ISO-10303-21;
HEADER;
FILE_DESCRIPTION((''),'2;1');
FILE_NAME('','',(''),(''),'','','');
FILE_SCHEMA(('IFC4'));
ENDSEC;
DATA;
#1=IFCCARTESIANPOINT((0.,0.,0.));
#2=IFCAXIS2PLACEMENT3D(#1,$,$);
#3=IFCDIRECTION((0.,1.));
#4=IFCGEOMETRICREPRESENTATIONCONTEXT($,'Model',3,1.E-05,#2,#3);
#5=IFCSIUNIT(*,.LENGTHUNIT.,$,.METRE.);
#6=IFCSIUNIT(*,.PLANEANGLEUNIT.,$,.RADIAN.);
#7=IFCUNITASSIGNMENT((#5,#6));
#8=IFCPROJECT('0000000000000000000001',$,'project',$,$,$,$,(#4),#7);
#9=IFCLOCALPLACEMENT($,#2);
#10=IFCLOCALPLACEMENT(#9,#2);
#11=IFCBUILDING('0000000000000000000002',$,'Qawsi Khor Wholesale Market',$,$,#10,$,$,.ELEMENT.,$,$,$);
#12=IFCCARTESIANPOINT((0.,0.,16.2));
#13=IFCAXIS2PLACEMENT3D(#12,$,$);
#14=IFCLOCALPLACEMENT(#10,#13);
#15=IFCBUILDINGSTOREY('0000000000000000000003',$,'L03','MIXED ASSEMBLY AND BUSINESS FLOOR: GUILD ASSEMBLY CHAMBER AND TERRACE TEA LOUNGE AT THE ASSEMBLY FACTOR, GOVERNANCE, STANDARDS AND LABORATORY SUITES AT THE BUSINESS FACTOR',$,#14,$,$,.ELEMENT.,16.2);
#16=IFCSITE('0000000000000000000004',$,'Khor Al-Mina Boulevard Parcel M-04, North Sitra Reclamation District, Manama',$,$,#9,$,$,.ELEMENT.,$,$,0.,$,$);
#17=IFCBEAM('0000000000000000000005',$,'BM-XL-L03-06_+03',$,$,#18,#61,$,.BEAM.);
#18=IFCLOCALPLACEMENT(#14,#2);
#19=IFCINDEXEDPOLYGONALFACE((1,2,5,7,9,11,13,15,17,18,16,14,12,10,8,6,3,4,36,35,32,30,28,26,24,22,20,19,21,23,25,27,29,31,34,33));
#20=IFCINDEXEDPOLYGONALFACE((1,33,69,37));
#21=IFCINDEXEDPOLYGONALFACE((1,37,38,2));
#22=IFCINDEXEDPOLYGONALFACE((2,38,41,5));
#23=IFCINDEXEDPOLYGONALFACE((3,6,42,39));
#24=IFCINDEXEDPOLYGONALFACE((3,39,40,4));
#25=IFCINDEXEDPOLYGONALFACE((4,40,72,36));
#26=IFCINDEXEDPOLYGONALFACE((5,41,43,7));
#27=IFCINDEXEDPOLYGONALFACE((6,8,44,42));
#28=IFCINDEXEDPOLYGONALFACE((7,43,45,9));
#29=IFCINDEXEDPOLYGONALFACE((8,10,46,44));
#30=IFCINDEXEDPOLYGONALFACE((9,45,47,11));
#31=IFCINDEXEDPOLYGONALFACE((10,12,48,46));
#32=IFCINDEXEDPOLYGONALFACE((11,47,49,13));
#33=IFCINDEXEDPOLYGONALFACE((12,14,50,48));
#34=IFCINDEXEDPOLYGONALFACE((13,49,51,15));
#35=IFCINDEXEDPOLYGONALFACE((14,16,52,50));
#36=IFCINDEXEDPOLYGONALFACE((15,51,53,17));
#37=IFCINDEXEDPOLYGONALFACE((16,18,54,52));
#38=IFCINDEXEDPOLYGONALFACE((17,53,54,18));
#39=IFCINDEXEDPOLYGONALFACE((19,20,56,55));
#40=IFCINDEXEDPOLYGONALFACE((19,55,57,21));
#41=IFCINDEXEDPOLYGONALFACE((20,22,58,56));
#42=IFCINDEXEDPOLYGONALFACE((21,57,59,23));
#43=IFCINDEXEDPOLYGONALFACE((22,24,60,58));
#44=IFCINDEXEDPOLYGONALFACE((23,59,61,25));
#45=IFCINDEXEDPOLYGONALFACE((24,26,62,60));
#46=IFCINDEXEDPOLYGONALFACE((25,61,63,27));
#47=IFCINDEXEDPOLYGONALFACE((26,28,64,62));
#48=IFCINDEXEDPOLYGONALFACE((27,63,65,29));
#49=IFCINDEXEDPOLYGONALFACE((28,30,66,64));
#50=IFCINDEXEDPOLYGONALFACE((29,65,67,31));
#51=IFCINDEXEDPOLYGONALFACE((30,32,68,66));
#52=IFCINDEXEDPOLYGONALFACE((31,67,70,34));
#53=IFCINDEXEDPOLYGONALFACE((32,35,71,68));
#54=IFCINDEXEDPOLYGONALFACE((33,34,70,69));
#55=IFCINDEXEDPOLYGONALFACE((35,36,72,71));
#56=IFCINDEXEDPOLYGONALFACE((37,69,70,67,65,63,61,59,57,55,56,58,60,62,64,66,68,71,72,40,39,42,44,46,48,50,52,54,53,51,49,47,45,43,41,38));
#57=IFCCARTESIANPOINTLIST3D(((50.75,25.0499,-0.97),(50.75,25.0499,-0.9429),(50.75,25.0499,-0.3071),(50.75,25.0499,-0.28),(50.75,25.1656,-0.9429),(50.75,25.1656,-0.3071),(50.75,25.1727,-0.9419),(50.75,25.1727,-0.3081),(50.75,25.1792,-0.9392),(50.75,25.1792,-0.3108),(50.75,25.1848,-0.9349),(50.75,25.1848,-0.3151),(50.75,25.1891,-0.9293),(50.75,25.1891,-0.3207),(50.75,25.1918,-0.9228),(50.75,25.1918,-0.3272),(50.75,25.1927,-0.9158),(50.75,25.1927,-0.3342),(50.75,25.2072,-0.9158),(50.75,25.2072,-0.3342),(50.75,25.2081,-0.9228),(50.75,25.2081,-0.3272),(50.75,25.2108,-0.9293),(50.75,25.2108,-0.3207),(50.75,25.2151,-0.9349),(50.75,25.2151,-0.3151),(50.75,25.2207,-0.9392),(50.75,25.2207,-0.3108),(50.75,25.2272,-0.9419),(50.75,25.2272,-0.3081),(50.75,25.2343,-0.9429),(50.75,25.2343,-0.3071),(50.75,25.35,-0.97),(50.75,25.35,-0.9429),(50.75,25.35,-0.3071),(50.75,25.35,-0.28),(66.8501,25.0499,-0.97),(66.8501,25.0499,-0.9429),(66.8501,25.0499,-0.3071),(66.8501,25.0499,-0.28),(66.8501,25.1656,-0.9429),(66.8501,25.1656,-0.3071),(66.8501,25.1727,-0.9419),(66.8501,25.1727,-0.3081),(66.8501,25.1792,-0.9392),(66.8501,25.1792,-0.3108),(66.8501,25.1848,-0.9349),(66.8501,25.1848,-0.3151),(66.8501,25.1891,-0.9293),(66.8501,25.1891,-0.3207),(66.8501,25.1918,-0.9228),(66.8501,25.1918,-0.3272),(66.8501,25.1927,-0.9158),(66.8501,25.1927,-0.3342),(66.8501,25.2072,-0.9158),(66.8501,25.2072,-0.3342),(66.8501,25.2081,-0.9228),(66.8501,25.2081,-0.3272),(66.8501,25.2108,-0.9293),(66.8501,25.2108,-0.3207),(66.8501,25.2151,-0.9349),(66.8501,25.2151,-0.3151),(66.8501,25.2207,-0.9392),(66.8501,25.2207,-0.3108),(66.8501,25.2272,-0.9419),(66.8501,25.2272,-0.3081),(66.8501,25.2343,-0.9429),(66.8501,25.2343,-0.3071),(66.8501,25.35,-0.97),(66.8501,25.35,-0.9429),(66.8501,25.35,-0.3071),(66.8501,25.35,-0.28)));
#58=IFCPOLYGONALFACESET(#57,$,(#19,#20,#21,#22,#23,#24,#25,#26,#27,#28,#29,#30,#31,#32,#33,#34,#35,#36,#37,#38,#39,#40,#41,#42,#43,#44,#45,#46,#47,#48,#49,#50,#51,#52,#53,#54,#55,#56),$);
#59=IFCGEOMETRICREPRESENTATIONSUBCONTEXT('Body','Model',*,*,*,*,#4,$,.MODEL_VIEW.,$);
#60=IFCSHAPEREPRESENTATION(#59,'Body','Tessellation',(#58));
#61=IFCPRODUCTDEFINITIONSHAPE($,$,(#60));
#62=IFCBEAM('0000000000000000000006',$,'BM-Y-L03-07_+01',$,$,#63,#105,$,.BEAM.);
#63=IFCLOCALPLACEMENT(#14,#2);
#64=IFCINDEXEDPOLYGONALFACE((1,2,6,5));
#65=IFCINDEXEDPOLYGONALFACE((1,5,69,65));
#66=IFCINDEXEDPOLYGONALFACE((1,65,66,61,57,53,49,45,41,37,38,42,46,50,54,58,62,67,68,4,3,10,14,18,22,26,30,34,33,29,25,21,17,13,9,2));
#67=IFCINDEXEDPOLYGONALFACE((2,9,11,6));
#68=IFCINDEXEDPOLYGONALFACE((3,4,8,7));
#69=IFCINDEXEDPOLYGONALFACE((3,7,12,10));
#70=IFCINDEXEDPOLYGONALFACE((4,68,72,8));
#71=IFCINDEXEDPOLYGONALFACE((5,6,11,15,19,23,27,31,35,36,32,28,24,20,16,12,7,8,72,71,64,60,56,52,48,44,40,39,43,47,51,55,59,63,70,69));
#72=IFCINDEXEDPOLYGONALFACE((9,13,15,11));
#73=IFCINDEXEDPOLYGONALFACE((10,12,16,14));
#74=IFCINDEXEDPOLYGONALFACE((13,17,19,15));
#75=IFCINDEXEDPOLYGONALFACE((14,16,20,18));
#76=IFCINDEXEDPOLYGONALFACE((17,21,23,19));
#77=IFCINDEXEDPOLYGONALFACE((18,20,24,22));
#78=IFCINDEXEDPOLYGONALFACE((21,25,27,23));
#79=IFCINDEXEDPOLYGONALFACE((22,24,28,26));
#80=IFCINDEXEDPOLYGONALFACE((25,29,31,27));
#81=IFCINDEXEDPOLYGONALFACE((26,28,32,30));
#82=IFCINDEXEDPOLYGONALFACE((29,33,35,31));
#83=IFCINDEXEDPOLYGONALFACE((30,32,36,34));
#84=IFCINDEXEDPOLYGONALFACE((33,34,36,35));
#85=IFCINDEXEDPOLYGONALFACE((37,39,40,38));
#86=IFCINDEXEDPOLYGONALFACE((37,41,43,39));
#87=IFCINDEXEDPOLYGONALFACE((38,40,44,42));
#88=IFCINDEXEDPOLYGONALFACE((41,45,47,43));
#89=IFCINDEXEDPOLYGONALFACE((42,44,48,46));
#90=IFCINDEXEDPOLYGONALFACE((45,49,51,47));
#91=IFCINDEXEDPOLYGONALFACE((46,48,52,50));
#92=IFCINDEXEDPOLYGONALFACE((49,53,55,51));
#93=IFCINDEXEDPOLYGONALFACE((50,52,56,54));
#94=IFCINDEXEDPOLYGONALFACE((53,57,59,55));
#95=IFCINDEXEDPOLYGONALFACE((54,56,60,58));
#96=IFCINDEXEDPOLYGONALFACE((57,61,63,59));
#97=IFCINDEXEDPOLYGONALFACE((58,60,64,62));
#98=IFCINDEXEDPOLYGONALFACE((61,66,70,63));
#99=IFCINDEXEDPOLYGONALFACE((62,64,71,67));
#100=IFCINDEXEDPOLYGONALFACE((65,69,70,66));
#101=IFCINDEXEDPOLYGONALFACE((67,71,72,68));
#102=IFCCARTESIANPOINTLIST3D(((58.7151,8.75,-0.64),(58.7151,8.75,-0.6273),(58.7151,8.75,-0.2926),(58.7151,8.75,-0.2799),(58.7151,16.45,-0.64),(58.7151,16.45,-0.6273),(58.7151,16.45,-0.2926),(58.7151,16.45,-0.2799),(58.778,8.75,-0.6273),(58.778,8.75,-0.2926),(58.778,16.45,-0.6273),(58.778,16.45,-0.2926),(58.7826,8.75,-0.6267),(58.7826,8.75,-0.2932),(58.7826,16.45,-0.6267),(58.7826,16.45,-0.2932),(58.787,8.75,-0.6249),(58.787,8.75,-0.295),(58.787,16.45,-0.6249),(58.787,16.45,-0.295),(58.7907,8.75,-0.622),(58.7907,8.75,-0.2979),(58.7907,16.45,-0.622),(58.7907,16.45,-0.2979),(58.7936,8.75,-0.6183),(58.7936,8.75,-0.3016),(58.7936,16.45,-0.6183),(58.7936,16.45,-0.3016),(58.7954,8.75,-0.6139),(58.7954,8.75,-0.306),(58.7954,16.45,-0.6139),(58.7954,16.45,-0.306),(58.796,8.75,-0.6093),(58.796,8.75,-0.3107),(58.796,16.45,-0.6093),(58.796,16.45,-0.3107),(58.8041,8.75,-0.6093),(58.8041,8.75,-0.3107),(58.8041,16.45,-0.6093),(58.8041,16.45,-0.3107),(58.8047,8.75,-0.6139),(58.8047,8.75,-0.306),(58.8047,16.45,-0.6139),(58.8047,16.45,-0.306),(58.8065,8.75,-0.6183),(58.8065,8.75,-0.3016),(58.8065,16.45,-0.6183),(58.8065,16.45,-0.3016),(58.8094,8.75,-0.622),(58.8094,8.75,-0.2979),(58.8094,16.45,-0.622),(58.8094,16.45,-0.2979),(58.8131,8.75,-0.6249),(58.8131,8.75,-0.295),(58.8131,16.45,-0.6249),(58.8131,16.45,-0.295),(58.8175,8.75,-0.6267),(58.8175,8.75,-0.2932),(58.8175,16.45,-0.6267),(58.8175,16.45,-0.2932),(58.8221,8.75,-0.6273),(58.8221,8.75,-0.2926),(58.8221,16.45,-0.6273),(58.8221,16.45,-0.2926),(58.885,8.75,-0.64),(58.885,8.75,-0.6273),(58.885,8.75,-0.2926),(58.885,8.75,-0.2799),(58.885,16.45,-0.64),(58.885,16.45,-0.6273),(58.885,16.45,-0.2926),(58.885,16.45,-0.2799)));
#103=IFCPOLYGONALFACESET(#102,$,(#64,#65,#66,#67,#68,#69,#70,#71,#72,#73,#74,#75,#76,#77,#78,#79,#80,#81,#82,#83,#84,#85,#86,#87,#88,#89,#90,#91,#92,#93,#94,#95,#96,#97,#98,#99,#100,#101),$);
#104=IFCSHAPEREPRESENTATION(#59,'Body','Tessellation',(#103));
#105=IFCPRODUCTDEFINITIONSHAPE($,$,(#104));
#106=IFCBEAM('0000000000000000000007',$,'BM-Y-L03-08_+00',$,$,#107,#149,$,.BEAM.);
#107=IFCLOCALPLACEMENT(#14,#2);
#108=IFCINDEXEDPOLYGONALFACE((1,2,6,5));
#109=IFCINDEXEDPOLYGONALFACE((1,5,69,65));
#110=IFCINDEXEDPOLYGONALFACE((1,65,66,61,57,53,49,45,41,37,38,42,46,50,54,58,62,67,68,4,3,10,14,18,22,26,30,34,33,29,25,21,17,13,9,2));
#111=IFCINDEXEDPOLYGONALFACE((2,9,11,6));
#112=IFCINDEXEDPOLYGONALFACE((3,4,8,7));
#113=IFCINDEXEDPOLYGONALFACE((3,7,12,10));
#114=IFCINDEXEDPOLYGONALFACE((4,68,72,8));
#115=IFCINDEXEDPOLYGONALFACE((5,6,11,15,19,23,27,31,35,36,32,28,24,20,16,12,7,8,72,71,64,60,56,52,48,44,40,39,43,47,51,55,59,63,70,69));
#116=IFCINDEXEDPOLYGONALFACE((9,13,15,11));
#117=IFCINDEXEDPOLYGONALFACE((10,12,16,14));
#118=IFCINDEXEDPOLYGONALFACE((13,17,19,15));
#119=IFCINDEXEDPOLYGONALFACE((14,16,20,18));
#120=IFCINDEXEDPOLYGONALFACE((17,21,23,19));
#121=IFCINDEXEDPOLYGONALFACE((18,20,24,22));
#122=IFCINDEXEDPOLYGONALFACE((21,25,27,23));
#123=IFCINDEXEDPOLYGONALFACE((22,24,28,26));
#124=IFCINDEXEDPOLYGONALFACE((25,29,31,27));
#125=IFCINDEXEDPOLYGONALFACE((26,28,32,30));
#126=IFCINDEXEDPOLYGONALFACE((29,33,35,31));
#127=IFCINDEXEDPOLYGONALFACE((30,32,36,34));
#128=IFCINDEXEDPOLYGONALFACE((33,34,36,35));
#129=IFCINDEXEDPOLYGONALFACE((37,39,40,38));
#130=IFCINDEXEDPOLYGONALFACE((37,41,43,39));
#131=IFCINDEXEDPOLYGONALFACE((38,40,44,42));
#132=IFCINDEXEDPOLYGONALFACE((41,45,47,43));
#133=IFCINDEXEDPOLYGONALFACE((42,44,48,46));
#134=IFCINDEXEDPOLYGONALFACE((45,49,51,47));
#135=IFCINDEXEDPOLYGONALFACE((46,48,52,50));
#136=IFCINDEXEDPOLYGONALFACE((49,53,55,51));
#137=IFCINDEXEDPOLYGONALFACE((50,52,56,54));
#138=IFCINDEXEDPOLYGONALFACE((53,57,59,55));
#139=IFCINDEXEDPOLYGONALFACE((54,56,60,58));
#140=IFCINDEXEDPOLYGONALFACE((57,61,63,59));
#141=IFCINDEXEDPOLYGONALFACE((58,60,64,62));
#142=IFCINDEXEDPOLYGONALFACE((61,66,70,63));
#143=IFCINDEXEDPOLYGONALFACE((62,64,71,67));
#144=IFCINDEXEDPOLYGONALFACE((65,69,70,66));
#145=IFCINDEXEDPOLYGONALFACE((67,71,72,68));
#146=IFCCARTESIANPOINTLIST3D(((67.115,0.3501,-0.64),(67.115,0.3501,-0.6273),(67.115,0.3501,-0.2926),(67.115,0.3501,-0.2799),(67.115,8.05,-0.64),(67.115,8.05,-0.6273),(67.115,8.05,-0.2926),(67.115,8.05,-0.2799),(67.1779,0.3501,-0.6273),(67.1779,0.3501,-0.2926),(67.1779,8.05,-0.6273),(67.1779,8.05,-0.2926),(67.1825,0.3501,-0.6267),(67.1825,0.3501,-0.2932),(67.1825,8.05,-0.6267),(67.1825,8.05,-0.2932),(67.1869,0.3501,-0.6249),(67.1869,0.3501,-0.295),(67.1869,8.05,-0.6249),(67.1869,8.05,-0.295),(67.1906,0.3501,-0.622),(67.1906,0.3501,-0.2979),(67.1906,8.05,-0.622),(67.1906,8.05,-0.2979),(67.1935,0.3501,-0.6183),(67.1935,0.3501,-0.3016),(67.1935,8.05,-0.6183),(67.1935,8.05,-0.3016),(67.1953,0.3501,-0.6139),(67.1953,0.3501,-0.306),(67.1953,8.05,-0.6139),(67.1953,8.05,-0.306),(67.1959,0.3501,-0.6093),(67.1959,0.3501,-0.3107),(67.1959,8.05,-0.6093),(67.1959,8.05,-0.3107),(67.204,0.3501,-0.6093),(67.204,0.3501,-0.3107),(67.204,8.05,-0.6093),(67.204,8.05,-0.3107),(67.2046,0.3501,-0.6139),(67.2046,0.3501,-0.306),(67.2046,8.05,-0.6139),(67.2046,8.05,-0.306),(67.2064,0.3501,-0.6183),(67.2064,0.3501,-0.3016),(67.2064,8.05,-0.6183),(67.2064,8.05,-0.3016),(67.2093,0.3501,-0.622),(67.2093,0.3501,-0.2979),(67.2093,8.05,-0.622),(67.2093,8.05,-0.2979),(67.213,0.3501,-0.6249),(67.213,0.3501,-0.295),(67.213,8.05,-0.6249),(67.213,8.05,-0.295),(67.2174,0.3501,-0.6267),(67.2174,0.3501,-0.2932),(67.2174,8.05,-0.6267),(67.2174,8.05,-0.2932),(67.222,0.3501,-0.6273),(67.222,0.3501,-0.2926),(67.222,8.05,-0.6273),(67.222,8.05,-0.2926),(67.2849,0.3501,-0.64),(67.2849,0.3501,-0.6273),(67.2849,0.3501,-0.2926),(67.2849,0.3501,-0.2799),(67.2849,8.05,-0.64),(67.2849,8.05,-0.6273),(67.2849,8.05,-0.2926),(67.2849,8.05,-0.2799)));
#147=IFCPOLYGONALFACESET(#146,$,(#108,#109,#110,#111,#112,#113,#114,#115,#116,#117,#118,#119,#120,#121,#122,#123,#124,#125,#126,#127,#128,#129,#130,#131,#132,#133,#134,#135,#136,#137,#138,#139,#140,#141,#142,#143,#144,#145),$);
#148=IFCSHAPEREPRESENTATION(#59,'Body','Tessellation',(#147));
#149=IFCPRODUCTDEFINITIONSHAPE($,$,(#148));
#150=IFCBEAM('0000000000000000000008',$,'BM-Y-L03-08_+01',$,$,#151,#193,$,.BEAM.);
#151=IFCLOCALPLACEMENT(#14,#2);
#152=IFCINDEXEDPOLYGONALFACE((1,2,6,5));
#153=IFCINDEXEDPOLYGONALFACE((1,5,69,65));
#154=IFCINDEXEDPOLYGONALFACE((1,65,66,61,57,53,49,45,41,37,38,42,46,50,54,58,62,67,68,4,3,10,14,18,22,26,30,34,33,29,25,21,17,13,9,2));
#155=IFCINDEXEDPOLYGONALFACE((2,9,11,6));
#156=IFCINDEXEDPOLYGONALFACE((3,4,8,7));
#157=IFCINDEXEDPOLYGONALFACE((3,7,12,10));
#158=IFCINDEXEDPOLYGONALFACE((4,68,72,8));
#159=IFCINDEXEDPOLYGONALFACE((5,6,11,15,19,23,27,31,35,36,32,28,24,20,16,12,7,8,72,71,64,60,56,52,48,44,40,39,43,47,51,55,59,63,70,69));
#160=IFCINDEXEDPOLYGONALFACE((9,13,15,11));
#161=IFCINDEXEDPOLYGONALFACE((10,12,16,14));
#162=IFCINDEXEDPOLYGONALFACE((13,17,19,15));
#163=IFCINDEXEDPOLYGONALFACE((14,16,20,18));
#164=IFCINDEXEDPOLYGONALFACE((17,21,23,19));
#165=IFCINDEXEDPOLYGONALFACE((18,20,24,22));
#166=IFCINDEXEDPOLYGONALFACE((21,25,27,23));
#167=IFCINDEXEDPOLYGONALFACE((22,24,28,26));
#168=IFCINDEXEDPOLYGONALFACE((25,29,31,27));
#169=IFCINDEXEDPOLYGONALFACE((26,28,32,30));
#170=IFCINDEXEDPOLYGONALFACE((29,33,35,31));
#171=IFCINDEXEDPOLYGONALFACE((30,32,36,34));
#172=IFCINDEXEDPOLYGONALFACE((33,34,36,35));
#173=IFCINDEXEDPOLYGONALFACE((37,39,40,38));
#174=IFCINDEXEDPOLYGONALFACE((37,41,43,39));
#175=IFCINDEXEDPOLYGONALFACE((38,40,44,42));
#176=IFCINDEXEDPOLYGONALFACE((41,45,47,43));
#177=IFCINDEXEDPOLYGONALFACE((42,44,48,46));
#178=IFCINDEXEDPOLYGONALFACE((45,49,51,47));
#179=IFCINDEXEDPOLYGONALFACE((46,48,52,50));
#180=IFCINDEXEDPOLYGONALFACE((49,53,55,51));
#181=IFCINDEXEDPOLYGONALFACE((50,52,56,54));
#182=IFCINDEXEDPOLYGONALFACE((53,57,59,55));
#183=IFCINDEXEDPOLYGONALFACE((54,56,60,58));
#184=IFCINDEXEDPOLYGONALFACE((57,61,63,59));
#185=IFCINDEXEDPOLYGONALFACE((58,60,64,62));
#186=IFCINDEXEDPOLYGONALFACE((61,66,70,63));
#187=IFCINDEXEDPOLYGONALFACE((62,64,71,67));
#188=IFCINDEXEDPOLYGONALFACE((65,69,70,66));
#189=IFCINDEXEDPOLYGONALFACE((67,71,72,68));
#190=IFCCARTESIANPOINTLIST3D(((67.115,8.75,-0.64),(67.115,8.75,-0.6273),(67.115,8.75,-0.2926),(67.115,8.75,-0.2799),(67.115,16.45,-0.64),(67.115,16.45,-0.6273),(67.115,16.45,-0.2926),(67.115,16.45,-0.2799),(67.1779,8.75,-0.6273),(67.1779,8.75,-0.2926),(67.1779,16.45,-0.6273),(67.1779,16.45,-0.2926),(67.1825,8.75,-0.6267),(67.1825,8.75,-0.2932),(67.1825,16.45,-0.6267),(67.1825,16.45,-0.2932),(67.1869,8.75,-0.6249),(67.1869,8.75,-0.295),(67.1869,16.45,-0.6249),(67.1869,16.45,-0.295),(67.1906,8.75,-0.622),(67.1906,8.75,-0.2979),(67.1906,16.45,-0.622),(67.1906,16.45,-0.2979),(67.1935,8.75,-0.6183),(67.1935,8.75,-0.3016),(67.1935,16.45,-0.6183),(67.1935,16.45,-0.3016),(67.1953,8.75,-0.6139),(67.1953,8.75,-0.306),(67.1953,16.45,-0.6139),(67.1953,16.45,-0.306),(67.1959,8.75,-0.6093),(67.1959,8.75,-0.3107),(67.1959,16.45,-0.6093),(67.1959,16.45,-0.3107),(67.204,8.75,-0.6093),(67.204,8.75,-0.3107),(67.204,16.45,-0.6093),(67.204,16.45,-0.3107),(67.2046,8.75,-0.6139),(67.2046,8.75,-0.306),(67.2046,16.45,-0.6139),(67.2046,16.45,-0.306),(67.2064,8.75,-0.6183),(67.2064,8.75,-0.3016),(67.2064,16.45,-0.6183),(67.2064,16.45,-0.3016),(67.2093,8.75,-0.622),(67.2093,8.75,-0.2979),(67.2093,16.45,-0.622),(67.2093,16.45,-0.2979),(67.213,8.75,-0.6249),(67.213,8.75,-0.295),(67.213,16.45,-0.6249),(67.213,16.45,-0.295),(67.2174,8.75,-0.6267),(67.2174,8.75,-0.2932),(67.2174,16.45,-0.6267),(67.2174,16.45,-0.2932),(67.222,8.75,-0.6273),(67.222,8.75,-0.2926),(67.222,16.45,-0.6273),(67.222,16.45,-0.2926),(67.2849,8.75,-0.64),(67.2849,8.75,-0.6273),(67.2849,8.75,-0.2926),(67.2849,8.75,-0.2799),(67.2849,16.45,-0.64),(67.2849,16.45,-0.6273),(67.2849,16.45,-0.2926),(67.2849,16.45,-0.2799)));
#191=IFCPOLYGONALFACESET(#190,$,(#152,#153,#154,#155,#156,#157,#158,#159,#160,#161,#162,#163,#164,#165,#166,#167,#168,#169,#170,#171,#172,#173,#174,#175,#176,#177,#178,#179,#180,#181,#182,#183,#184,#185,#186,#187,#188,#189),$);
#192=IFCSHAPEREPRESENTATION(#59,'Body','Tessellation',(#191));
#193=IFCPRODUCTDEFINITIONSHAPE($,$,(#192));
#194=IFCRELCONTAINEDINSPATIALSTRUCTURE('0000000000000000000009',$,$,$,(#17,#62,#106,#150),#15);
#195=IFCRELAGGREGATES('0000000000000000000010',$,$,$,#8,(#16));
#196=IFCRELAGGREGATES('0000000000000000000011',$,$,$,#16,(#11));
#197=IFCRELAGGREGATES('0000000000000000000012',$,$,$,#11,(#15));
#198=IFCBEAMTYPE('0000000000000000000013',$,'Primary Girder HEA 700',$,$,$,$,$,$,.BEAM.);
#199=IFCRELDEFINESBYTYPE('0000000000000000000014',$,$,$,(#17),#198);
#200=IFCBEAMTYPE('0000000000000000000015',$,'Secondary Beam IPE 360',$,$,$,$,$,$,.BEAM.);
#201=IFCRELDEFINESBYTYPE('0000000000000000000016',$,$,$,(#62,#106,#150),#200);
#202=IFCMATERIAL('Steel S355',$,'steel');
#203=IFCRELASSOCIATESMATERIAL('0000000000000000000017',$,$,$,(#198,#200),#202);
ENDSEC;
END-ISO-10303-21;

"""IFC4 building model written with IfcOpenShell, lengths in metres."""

from ifc_helpers import new_model, si_unit, direction, frame, origin, origin_2d, place, context, subcontext, project, spatial, i_section, extrude, material, material_profile, profile_set, type_object, element, save


model = new_model("IFC4")

# Units and contexts
model_context = context("Model", 3, precision=1e-05, world=origin(), true_north=direction((0.0, 1.0)))
body_context = subcontext(model_context, "Body", "Model", "MODEL_VIEW")
ifc_project = project(units=[si_unit("LENGTHUNIT", "METRE"), si_unit("PLANEANGLEUNIT", "RADIAN")], contexts=[model_context])

# Site, building, storey
site_placement = place(None, origin())
site = spatial("IfcSite", under=ifc_project, at=site_placement, Name="Khor Al-Mina Boulevard Parcel M-04, North Sitra Reclamation District, Manama", CompositionType="ELEMENT", RefElevation=0.0)
building_placement = place(site_placement, origin())
building = spatial("IfcBuilding", under=site, at=building_placement, Name="Qawsi Khor Wholesale Market", CompositionType="ELEMENT")
storey_placement = place(building_placement, frame((0.0, 0.0, 16.2)))
storey = spatial("IfcBuildingStorey", under=building, at=storey_placement, Name="L03", Description="MIXED ASSEMBLY AND BUSINESS FLOOR: GUILD ASSEMBLY CHAMBER AND TERRACE TEA LOUNGE AT THE ASSEMBLY FACTOR, GOVERNANCE, STANDARDS AND LABORATORY SUITES AT THE BUSINESS FACTOR", CompositionType="ELEMENT", Elevation=16.2)

# Beams
ifc_material_1 = material(Name="Steel S355", Category="steel")
ifc_material_profile_1 = material_profile(ifc_material_1, i_section(OverallWidth=0.3, OverallDepth=0.6899, WebThickness=0.0144, FlangeThickness=0.0271, FilletRadius=0.0271, at=origin_2d()), Name="HEA 700")
ifc_profile_set_1 = profile_set([ifc_material_profile_1], Name="Steel S355")
beam_type_1 = type_object("IfcBeamType", Name="Primary Girder HEA 700", PredefinedType="BEAM", material=ifc_profile_set_1)
beam_1_placement = place(storey_placement, frame((50.75, 25.2, -0.625), z_axis=(1.0, 0.0, 0.0), x_axis=(0.0, 1.0, 0.0)))
element("IfcBeam", 1, at=beam_1_placement, inside=storey, type_object=beam_type_1, Name="BM-XL-L03-06_+03", PredefinedType="BEAM", context=body_context, shape_type="SweptSolid", body=[
    extrude(i_section(OverallWidth=0.3, OverallDepth=0.6899, WebThickness=0.0144, FlangeThickness=0.0271, FilletRadius=0.0271, at=origin_2d()), origin(), (0.0, 0.0, 1.0), 16.1001),
])
ifc_material_profile_2 = material_profile(ifc_material_1, i_section(OverallWidth=0.1699, OverallDepth=0.3601, WebThickness=0.0081, FlangeThickness=0.0127, FilletRadius=0.0181, at=origin_2d()), Name="IPE 360")
ifc_profile_set_2 = profile_set([ifc_material_profile_2], Name="Steel S355")
beam_type_2 = type_object("IfcBeamType", Name="Secondary Beam IPE 360", PredefinedType="BEAM", material=ifc_profile_set_2)
for number, where, z_axis, x_axis, name in (
    (2, (58.8, 8.75, -0.46), (0.0, 1.0, 0.0), (-1.0, 0.0, 0.0), "BM-Y-L03-07_+01"),
    (3, (67.2, 0.3501, -0.46), (0.0, 1.0, 0.0), (-1.0, 0.0, 0.0), "BM-Y-L03-08_+00"),
    (4, (67.2, 8.75, -0.46), (0.0, 1.0, 0.0), (-1.0, 0.0, 0.0), "BM-Y-L03-08_+01"),
):
    element("IfcBeam", number, at=place(storey_placement, frame(where, z_axis=z_axis, x_axis=x_axis)), inside=storey, type_object=beam_type_2, Name=name, PredefinedType="BEAM", context=body_context, shape_type="SweptSolid", body=[
        extrude(i_section(OverallWidth=0.1699, OverallDepth=0.3601, WebThickness=0.0081, FlangeThickness=0.0127, FilletRadius=0.0181, at=origin_2d()), origin(), (0.0, 0.0, 1.0), 7.7),
    ])

save(model, "model.ifc")
